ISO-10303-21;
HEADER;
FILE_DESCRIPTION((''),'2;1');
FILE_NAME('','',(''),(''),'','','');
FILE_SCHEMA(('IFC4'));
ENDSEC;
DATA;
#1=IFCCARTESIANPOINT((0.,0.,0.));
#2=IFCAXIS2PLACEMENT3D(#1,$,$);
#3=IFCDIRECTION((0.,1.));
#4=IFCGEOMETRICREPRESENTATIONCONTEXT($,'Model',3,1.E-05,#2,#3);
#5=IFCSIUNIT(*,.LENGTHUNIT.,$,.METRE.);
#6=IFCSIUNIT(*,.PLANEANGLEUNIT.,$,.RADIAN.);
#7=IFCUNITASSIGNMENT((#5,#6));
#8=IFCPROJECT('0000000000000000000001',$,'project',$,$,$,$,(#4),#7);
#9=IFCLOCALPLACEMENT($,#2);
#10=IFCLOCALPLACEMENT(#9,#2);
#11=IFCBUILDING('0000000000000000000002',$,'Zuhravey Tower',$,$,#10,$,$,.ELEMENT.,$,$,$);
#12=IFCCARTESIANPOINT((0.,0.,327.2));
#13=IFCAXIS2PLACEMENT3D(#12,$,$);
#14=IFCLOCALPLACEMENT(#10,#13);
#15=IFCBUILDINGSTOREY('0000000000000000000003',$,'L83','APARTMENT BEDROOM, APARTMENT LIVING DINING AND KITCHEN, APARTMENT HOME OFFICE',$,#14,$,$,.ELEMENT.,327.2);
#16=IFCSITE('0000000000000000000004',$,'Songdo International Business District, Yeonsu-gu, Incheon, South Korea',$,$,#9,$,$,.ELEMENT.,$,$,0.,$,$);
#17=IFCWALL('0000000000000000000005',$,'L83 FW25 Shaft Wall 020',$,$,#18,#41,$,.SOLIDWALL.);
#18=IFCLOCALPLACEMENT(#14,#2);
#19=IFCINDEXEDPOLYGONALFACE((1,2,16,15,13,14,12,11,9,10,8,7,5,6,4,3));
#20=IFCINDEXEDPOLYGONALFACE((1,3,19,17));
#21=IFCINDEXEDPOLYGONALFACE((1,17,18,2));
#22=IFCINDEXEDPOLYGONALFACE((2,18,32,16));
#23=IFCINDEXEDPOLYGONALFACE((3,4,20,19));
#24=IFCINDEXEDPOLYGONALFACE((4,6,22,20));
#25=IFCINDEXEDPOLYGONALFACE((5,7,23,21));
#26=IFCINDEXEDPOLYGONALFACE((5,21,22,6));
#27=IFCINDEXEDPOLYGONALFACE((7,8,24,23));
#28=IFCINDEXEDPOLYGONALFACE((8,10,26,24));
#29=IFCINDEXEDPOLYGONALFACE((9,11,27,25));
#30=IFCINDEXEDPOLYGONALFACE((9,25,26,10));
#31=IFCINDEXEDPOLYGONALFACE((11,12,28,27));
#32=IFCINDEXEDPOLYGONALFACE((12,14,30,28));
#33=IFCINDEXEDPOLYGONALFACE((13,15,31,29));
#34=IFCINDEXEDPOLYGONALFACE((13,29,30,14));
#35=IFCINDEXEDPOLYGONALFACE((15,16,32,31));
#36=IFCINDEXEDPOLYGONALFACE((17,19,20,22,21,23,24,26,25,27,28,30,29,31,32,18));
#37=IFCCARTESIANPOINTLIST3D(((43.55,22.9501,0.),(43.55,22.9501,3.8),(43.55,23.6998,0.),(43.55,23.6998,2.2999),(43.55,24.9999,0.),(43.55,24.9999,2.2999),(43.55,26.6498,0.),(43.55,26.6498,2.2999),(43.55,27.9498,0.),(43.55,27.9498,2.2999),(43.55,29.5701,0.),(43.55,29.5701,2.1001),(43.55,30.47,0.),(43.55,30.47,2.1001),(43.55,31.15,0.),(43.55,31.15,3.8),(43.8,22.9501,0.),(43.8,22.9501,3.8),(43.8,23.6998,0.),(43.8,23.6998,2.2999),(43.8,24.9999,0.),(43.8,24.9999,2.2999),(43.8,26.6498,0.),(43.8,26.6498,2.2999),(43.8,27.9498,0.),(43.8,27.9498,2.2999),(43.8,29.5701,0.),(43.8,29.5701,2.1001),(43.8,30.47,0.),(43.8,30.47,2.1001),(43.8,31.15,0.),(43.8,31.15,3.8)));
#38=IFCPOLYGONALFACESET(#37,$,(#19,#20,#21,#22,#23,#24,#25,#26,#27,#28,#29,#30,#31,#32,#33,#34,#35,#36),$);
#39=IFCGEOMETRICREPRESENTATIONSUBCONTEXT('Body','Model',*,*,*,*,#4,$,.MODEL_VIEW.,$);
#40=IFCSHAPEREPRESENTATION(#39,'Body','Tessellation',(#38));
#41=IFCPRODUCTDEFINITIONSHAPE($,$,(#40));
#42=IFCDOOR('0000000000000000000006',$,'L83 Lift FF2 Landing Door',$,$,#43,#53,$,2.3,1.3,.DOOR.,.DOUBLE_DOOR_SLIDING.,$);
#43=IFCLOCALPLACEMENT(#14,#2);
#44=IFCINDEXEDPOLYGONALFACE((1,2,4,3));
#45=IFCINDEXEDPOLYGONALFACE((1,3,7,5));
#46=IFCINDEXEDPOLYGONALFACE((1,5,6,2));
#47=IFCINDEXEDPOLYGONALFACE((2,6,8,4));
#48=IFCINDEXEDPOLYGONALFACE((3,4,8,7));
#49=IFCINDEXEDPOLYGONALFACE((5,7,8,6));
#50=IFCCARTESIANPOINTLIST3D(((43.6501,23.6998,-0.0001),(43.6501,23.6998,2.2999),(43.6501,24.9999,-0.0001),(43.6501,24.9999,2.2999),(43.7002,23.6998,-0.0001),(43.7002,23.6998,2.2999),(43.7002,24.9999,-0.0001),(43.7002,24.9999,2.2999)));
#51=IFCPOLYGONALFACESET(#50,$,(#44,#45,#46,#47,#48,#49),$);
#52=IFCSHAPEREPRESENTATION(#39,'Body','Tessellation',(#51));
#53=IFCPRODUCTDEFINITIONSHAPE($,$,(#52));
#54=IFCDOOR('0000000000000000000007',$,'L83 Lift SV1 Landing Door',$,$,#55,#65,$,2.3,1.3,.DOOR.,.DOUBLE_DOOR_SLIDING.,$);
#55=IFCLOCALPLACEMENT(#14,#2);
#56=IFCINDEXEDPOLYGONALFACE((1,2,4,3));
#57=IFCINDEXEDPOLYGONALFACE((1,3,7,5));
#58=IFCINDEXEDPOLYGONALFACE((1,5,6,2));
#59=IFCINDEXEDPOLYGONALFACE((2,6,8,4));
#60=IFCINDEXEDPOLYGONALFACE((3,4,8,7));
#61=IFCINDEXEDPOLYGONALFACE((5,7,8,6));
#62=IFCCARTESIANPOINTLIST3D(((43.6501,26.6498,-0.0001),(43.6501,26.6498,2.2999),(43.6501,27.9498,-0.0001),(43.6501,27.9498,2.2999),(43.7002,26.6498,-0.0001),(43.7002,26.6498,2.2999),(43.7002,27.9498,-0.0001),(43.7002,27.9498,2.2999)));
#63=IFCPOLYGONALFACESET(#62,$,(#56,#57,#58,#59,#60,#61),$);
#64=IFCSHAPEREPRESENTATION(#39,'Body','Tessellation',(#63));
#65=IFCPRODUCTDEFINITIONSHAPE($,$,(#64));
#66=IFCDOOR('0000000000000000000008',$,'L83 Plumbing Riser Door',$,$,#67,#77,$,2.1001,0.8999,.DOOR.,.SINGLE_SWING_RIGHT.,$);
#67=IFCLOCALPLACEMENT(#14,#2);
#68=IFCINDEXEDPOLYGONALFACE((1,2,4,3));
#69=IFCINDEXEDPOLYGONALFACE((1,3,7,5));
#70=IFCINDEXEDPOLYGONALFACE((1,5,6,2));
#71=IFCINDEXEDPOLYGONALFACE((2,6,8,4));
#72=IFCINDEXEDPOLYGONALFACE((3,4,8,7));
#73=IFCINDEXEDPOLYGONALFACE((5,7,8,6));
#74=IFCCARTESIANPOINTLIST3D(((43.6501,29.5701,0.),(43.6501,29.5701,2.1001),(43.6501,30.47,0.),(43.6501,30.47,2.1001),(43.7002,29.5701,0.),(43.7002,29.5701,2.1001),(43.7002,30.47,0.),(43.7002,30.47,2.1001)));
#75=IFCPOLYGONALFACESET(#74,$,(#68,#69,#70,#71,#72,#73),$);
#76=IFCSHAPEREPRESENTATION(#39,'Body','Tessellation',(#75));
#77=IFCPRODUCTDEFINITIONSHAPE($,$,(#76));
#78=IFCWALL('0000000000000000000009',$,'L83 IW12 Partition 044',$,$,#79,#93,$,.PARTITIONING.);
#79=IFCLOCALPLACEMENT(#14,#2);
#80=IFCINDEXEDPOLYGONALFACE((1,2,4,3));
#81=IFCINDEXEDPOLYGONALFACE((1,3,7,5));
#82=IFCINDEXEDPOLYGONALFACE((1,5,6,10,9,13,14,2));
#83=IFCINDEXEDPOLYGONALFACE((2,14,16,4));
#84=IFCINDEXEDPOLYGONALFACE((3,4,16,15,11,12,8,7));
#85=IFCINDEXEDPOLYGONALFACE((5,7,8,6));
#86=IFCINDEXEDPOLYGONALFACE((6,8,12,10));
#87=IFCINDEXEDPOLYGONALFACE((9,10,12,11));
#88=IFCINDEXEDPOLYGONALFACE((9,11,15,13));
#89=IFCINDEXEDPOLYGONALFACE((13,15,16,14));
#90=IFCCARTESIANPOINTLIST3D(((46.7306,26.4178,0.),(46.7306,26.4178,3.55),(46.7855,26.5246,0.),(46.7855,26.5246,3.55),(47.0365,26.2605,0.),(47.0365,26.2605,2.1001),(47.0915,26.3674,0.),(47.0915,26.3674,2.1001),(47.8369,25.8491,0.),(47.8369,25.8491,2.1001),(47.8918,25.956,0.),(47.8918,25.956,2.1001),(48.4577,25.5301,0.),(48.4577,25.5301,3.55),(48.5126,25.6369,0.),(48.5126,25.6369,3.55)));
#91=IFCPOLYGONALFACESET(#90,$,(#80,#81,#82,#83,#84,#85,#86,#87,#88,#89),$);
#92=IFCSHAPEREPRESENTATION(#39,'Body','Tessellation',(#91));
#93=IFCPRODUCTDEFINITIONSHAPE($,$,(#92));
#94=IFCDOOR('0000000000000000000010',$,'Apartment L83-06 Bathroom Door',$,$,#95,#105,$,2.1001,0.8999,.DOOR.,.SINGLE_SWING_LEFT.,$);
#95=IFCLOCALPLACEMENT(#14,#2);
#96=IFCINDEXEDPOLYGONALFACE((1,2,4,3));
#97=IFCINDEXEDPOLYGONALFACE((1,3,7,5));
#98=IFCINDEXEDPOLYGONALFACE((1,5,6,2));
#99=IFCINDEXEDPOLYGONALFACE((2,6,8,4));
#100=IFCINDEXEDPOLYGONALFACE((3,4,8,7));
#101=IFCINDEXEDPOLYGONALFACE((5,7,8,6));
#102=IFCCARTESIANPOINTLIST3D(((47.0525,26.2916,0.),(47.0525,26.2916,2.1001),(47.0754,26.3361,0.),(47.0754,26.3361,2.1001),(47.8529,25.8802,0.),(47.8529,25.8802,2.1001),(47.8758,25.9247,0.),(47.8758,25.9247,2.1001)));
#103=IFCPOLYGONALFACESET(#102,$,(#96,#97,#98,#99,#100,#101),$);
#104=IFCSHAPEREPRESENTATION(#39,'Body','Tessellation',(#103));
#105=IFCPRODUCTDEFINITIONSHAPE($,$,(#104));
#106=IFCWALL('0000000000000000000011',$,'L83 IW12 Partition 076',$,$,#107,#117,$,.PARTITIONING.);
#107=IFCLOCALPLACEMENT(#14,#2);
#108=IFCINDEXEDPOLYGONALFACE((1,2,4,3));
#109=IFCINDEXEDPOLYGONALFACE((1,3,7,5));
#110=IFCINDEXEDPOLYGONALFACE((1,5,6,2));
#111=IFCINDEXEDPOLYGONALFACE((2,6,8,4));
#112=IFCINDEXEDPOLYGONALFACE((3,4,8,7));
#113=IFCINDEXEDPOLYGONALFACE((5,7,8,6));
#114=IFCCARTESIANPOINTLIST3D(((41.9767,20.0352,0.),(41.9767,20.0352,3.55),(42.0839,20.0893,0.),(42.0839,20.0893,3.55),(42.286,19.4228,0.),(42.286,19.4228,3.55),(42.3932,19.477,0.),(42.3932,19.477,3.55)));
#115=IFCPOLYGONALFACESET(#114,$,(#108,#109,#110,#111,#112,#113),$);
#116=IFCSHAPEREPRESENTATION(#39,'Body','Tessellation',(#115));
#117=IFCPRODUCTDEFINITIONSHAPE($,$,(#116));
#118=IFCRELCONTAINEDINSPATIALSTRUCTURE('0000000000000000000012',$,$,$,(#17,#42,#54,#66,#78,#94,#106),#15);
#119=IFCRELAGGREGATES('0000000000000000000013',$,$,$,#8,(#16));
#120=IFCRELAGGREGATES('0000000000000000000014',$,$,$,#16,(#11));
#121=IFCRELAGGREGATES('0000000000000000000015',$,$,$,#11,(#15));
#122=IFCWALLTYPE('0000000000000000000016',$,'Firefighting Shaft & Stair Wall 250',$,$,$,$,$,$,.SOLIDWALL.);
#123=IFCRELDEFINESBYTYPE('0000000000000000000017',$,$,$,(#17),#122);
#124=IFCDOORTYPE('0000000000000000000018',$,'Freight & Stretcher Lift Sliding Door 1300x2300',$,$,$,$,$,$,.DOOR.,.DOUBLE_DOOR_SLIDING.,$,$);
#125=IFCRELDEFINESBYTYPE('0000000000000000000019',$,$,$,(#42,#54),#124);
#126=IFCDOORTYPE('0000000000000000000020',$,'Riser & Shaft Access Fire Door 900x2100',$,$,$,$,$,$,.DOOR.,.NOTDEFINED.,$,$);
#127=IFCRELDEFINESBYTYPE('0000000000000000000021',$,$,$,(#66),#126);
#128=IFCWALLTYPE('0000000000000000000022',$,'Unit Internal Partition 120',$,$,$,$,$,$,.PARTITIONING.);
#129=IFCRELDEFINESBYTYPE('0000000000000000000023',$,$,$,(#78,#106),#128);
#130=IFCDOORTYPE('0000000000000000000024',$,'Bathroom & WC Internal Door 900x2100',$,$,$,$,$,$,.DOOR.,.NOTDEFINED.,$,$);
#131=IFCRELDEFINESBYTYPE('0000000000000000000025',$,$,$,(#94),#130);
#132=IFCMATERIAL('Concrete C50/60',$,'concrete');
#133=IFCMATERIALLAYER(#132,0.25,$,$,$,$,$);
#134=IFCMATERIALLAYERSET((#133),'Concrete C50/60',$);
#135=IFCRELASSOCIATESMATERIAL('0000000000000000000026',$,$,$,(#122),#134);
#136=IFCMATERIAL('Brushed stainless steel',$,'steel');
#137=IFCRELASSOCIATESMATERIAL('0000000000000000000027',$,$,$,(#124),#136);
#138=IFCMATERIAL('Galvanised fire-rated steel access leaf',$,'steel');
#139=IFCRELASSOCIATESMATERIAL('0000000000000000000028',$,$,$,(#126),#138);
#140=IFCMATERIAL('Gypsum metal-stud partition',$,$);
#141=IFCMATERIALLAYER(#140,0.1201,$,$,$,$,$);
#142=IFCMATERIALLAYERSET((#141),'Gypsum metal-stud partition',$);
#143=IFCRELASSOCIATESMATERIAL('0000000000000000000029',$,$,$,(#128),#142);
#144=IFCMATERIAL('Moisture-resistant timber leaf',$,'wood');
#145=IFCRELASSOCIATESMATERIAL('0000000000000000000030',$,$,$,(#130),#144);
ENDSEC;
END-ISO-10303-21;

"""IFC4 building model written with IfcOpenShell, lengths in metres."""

from ifc_helpers import new_model, si_unit, direction, frame, frame_2d, origin, place, context, subcontext, project, spatial, rectangle, extrude, material, layer, layer_set, type_object, element, fill, save


model = new_model("IFC4")

# Units and contexts
model_context = context("Model", 3, precision=1e-05, world=origin(), true_north=direction((0.0, 1.0)))
body_context = subcontext(model_context, "Body", "Model", "MODEL_VIEW")
ifc_project = project(units=[si_unit("LENGTHUNIT", "METRE"), si_unit("PLANEANGLEUNIT", "RADIAN")], contexts=[model_context])

# Site, building, storey
site_placement = place(None, origin())
site = spatial("IfcSite", under=ifc_project, at=site_placement, Name="Songdo International Business District, Yeonsu-gu, Incheon, South Korea", CompositionType="ELEMENT", RefElevation=0.0)
building_placement = place(site_placement, origin())
building = spatial("IfcBuilding", under=site, at=building_placement, Name="Zuhravey Tower", CompositionType="ELEMENT")
storey_placement = place(building_placement, frame((0.0, 0.0, 327.2)))
storey = spatial("IfcBuildingStorey", under=building, at=storey_placement, Name="L83", Description="APARTMENT BEDROOM, APARTMENT LIVING DINING AND KITCHEN, APARTMENT HOME OFFICE", CompositionType="ELEMENT", Elevation=327.2)

# Shared definitions
ifc_material_1 = material(Name="Concrete C50/60", Category="concrete")

# Shared definitions
ifc_layer_1 = layer(ifc_material_1, 0.25)
ifc_layer_set_1 = layer_set([ifc_layer_1], Name="Concrete C50/60")
wall_type_1 = type_object("IfcWallType", Name="Firefighting Shaft & Stair Wall 250", PredefinedType="SOLIDWALL", material=ifc_layer_set_1)

# Wall, openings, doors
wall_1_placement = place(storey_placement, frame((43.675, 22.95, 0.0), z_axis=(0.0, 0.0, 1.0), x_axis=(0.0, 1.0, 0.0)))
wall_1 = element("IfcWall", 1, at=wall_1_placement, inside=storey, type_object=wall_type_1, Name="L83 FW25 Shaft Wall 020", PredefinedType="SOLIDWALL", context=body_context, shape_type="SweptSolid", body=[
    extrude(rectangle(XDim=8.2, YDim=0.25, at=frame_2d((4.1001, 0.0))), origin(), (0.0, 0.0, 1.0), 3.8),
])
opening_1_placement = place(wall_1_placement, frame((0.75, 0.0, 0.0)))
opening_1 = element("IfcOpeningElement", 2, at=opening_1_placement, cuts=wall_1, PredefinedType="OPENING", context=body_context, shape_type="SweptSolid", body=[
    extrude(rectangle(XDim=1.3, YDim=2.3, at=frame_2d((0.6499, 1.1499))), frame((0.0, 0.137, 0.0), z_axis=(0.0, -1.0, 0.0), x_axis=(1.0, 0.0, 0.0)), (0.0, 0.0, 1.0), 0.2739),
])
opening_2_placement = place(wall_1_placement, frame((3.7, 0.0, 0.0)))
opening_2 = element("IfcOpeningElement", 3, at=opening_2_placement, cuts=wall_1, PredefinedType="OPENING", context=body_context, shape_type="SweptSolid", body=[
    extrude(rectangle(XDim=1.3, YDim=2.3, at=frame_2d((0.6499, 1.1499))), frame((0.0, 0.137, 0.0), z_axis=(0.0, -1.0, 0.0), x_axis=(1.0, 0.0, 0.0)), (0.0, 0.0, 1.0), 0.2739),
])
opening_3_placement = place(wall_1_placement, frame((6.6201, 0.0, 0.0)))
opening_3 = element("IfcOpeningElement", 4, at=opening_3_placement, cuts=wall_1, PredefinedType="OPENING", context=body_context, shape_type="SweptSolid", body=[
    extrude(rectangle(XDim=0.8999, YDim=2.1001, at=frame_2d((0.45, 1.05))), frame((0.0, 0.137, 0.0), z_axis=(0.0, -1.0, 0.0), x_axis=(1.0, 0.0, 0.0)), (0.0, 0.0, 1.0), 0.2739),
])
ifc_material_2 = material(Name="Brushed stainless steel", Category="steel")
door_type_1 = type_object("IfcDoorType", Name="Freight & Stretcher Lift Sliding Door 1300x2300", OperationType="DOUBLE_DOOR_SLIDING", PredefinedType="DOOR", material=ifc_material_2)
door_1_placement = place(opening_1_placement, origin())
door_1 = element("IfcDoor", 5, at=door_1_placement, inside=storey, type_object=door_type_1, Name="L83 Lift FF2 Landing Door", OperationType="DOUBLE_DOOR_SLIDING", OverallHeight=2.3, OverallWidth=1.3, PredefinedType="DOOR", context=body_context, shape_type="SweptSolid", body=[
    extrude(rectangle(XDim=1.3, YDim=2.3, at=frame_2d((0.6499, 1.1499))), frame((0.0, 0.0249, 0.0), z_axis=(0.0, -1.0, 0.0), x_axis=(1.0, 0.0, 0.0)), (0.0, 0.0, 1.0), 0.05),
])
fill(opening_1, door_1)
door_2_placement = place(opening_2_placement, origin())
door_2 = element("IfcDoor", 6, at=door_2_placement, inside=storey, type_object=door_type_1, Name="L83 Lift SV1 Landing Door", OperationType="DOUBLE_DOOR_SLIDING", OverallHeight=2.3, OverallWidth=1.3, PredefinedType="DOOR", context=body_context, shape_type="SweptSolid", body=[
    extrude(rectangle(XDim=1.3, YDim=2.3, at=frame_2d((0.6499, 1.1499))), frame((0.0, 0.0249, 0.0), z_axis=(0.0, -1.0, 0.0), x_axis=(1.0, 0.0, 0.0)), (0.0, 0.0, 1.0), 0.05),
])
fill(opening_2, door_2)
ifc_material_3 = material(Name="Galvanised fire-rated steel access leaf", Category="steel")
door_type_2 = type_object("IfcDoorType", Name="Riser & Shaft Access Fire Door 900x2100", OperationType="NOTDEFINED", PredefinedType="DOOR", material=ifc_material_3)
door_3_placement = place(opening_3_placement, origin())
door_3 = element("IfcDoor", 7, at=door_3_placement, inside=storey, type_object=door_type_2, Name="L83 Plumbing Riser Door", OperationType="SINGLE_SWING_RIGHT", OverallHeight=2.1001, OverallWidth=0.8999, PredefinedType="DOOR", context=body_context, shape_type="SweptSolid", body=[
    extrude(rectangle(XDim=0.8999, YDim=2.1001, at=frame_2d((0.45, 1.05))), frame((0.0, 0.0249, 0.0), z_axis=(0.0, -1.0, 0.0), x_axis=(1.0, 0.0, 0.0)), (0.0, 0.0, 1.0), 0.05),
])
fill(opening_3, door_3)

# Wall, opening, door
ifc_material_4 = material(Name="Gypsum metal-stud partition")
ifc_layer_2 = layer(ifc_material_4, 0.1201)
ifc_layer_set_2 = layer_set([ifc_layer_2], Name="Gypsum metal-stud partition")
wall_type_2 = type_object("IfcWallType", Name="Unit Internal Partition 120", PredefinedType="PARTITIONING", material=ifc_layer_set_2)
wall_2_placement = place(storey_placement, frame((46.7581, 26.4712, 0.0), z_axis=(0.0, 0.0, 1.0), x_axis=(0.889393, -0.457143, 0.0)))
wall_2 = element("IfcWall", 8, at=wall_2_placement, inside=storey, type_object=wall_type_2, Name="L83 IW12 Partition 044", PredefinedType="PARTITIONING", context=body_context, shape_type="SweptSolid", body=[
    extrude(rectangle(XDim=1.9419, YDim=0.1201, at=frame_2d((0.9709, 0.0))), origin(), (0.0, 0.0, 1.0), 3.55),
])
opening_4_placement = place(wall_2_placement, frame((0.344, 0.0, 0.0)))
opening_4 = element("IfcOpeningElement", 9, at=opening_4_placement, cuts=wall_2, PredefinedType="OPENING", context=body_context, shape_type="SweptSolid", body=[
    extrude(rectangle(XDim=0.8999, YDim=2.1001, at=frame_2d((0.45, 1.05))), frame((0.0, 0.072, 0.0), z_axis=(0.0, -1.0, 0.0), x_axis=(1.0, 0.0, 0.0)), (0.0, 0.0, 1.0), 0.144),
])
ifc_material_5 = material(Name="Moisture-resistant timber leaf", Category="wood")
door_type_3 = type_object("IfcDoorType", Name="Bathroom & WC Internal Door 900x2100", OperationType="NOTDEFINED", PredefinedType="DOOR", material=ifc_material_5)
door_4_placement = place(opening_4_placement, origin())
door_4 = element("IfcDoor", 10, at=door_4_placement, inside=storey, type_object=door_type_3, Name="Apartment L83-06 Bathroom Door", OperationType="SINGLE_SWING_LEFT", OverallHeight=2.1001, OverallWidth=0.8999, PredefinedType="DOOR", context=body_context, shape_type="SweptSolid", body=[
    extrude(rectangle(XDim=0.8999, YDim=2.1001, at=frame_2d((0.45, 1.05))), frame((0.0, 0.0249, 0.0), z_axis=(0.0, -1.0, 0.0), x_axis=(1.0, 0.0, 0.0)), (0.0, 0.0, 1.0), 0.05),
])
fill(opening_4, door_4)

# Wall
wall_3_placement = place(storey_placement, frame((42.0303, 20.0623, 0.0), z_axis=(0.0, 0.0, 1.0), x_axis=(0.450911, -0.892569, 0.0)))
element("IfcWall", 11, at=wall_3_placement, inside=storey, type_object=wall_type_2, Name="L83 IW12 Partition 076", PredefinedType="PARTITIONING", context=body_context, shape_type="SweptSolid", body=[
    extrude(rectangle(XDim=0.686, YDim=0.1201, at=frame_2d((0.343, 0.0))), origin(), (0.0, 0.0, 1.0), 3.55),
])

save(model, "model.ifc")
